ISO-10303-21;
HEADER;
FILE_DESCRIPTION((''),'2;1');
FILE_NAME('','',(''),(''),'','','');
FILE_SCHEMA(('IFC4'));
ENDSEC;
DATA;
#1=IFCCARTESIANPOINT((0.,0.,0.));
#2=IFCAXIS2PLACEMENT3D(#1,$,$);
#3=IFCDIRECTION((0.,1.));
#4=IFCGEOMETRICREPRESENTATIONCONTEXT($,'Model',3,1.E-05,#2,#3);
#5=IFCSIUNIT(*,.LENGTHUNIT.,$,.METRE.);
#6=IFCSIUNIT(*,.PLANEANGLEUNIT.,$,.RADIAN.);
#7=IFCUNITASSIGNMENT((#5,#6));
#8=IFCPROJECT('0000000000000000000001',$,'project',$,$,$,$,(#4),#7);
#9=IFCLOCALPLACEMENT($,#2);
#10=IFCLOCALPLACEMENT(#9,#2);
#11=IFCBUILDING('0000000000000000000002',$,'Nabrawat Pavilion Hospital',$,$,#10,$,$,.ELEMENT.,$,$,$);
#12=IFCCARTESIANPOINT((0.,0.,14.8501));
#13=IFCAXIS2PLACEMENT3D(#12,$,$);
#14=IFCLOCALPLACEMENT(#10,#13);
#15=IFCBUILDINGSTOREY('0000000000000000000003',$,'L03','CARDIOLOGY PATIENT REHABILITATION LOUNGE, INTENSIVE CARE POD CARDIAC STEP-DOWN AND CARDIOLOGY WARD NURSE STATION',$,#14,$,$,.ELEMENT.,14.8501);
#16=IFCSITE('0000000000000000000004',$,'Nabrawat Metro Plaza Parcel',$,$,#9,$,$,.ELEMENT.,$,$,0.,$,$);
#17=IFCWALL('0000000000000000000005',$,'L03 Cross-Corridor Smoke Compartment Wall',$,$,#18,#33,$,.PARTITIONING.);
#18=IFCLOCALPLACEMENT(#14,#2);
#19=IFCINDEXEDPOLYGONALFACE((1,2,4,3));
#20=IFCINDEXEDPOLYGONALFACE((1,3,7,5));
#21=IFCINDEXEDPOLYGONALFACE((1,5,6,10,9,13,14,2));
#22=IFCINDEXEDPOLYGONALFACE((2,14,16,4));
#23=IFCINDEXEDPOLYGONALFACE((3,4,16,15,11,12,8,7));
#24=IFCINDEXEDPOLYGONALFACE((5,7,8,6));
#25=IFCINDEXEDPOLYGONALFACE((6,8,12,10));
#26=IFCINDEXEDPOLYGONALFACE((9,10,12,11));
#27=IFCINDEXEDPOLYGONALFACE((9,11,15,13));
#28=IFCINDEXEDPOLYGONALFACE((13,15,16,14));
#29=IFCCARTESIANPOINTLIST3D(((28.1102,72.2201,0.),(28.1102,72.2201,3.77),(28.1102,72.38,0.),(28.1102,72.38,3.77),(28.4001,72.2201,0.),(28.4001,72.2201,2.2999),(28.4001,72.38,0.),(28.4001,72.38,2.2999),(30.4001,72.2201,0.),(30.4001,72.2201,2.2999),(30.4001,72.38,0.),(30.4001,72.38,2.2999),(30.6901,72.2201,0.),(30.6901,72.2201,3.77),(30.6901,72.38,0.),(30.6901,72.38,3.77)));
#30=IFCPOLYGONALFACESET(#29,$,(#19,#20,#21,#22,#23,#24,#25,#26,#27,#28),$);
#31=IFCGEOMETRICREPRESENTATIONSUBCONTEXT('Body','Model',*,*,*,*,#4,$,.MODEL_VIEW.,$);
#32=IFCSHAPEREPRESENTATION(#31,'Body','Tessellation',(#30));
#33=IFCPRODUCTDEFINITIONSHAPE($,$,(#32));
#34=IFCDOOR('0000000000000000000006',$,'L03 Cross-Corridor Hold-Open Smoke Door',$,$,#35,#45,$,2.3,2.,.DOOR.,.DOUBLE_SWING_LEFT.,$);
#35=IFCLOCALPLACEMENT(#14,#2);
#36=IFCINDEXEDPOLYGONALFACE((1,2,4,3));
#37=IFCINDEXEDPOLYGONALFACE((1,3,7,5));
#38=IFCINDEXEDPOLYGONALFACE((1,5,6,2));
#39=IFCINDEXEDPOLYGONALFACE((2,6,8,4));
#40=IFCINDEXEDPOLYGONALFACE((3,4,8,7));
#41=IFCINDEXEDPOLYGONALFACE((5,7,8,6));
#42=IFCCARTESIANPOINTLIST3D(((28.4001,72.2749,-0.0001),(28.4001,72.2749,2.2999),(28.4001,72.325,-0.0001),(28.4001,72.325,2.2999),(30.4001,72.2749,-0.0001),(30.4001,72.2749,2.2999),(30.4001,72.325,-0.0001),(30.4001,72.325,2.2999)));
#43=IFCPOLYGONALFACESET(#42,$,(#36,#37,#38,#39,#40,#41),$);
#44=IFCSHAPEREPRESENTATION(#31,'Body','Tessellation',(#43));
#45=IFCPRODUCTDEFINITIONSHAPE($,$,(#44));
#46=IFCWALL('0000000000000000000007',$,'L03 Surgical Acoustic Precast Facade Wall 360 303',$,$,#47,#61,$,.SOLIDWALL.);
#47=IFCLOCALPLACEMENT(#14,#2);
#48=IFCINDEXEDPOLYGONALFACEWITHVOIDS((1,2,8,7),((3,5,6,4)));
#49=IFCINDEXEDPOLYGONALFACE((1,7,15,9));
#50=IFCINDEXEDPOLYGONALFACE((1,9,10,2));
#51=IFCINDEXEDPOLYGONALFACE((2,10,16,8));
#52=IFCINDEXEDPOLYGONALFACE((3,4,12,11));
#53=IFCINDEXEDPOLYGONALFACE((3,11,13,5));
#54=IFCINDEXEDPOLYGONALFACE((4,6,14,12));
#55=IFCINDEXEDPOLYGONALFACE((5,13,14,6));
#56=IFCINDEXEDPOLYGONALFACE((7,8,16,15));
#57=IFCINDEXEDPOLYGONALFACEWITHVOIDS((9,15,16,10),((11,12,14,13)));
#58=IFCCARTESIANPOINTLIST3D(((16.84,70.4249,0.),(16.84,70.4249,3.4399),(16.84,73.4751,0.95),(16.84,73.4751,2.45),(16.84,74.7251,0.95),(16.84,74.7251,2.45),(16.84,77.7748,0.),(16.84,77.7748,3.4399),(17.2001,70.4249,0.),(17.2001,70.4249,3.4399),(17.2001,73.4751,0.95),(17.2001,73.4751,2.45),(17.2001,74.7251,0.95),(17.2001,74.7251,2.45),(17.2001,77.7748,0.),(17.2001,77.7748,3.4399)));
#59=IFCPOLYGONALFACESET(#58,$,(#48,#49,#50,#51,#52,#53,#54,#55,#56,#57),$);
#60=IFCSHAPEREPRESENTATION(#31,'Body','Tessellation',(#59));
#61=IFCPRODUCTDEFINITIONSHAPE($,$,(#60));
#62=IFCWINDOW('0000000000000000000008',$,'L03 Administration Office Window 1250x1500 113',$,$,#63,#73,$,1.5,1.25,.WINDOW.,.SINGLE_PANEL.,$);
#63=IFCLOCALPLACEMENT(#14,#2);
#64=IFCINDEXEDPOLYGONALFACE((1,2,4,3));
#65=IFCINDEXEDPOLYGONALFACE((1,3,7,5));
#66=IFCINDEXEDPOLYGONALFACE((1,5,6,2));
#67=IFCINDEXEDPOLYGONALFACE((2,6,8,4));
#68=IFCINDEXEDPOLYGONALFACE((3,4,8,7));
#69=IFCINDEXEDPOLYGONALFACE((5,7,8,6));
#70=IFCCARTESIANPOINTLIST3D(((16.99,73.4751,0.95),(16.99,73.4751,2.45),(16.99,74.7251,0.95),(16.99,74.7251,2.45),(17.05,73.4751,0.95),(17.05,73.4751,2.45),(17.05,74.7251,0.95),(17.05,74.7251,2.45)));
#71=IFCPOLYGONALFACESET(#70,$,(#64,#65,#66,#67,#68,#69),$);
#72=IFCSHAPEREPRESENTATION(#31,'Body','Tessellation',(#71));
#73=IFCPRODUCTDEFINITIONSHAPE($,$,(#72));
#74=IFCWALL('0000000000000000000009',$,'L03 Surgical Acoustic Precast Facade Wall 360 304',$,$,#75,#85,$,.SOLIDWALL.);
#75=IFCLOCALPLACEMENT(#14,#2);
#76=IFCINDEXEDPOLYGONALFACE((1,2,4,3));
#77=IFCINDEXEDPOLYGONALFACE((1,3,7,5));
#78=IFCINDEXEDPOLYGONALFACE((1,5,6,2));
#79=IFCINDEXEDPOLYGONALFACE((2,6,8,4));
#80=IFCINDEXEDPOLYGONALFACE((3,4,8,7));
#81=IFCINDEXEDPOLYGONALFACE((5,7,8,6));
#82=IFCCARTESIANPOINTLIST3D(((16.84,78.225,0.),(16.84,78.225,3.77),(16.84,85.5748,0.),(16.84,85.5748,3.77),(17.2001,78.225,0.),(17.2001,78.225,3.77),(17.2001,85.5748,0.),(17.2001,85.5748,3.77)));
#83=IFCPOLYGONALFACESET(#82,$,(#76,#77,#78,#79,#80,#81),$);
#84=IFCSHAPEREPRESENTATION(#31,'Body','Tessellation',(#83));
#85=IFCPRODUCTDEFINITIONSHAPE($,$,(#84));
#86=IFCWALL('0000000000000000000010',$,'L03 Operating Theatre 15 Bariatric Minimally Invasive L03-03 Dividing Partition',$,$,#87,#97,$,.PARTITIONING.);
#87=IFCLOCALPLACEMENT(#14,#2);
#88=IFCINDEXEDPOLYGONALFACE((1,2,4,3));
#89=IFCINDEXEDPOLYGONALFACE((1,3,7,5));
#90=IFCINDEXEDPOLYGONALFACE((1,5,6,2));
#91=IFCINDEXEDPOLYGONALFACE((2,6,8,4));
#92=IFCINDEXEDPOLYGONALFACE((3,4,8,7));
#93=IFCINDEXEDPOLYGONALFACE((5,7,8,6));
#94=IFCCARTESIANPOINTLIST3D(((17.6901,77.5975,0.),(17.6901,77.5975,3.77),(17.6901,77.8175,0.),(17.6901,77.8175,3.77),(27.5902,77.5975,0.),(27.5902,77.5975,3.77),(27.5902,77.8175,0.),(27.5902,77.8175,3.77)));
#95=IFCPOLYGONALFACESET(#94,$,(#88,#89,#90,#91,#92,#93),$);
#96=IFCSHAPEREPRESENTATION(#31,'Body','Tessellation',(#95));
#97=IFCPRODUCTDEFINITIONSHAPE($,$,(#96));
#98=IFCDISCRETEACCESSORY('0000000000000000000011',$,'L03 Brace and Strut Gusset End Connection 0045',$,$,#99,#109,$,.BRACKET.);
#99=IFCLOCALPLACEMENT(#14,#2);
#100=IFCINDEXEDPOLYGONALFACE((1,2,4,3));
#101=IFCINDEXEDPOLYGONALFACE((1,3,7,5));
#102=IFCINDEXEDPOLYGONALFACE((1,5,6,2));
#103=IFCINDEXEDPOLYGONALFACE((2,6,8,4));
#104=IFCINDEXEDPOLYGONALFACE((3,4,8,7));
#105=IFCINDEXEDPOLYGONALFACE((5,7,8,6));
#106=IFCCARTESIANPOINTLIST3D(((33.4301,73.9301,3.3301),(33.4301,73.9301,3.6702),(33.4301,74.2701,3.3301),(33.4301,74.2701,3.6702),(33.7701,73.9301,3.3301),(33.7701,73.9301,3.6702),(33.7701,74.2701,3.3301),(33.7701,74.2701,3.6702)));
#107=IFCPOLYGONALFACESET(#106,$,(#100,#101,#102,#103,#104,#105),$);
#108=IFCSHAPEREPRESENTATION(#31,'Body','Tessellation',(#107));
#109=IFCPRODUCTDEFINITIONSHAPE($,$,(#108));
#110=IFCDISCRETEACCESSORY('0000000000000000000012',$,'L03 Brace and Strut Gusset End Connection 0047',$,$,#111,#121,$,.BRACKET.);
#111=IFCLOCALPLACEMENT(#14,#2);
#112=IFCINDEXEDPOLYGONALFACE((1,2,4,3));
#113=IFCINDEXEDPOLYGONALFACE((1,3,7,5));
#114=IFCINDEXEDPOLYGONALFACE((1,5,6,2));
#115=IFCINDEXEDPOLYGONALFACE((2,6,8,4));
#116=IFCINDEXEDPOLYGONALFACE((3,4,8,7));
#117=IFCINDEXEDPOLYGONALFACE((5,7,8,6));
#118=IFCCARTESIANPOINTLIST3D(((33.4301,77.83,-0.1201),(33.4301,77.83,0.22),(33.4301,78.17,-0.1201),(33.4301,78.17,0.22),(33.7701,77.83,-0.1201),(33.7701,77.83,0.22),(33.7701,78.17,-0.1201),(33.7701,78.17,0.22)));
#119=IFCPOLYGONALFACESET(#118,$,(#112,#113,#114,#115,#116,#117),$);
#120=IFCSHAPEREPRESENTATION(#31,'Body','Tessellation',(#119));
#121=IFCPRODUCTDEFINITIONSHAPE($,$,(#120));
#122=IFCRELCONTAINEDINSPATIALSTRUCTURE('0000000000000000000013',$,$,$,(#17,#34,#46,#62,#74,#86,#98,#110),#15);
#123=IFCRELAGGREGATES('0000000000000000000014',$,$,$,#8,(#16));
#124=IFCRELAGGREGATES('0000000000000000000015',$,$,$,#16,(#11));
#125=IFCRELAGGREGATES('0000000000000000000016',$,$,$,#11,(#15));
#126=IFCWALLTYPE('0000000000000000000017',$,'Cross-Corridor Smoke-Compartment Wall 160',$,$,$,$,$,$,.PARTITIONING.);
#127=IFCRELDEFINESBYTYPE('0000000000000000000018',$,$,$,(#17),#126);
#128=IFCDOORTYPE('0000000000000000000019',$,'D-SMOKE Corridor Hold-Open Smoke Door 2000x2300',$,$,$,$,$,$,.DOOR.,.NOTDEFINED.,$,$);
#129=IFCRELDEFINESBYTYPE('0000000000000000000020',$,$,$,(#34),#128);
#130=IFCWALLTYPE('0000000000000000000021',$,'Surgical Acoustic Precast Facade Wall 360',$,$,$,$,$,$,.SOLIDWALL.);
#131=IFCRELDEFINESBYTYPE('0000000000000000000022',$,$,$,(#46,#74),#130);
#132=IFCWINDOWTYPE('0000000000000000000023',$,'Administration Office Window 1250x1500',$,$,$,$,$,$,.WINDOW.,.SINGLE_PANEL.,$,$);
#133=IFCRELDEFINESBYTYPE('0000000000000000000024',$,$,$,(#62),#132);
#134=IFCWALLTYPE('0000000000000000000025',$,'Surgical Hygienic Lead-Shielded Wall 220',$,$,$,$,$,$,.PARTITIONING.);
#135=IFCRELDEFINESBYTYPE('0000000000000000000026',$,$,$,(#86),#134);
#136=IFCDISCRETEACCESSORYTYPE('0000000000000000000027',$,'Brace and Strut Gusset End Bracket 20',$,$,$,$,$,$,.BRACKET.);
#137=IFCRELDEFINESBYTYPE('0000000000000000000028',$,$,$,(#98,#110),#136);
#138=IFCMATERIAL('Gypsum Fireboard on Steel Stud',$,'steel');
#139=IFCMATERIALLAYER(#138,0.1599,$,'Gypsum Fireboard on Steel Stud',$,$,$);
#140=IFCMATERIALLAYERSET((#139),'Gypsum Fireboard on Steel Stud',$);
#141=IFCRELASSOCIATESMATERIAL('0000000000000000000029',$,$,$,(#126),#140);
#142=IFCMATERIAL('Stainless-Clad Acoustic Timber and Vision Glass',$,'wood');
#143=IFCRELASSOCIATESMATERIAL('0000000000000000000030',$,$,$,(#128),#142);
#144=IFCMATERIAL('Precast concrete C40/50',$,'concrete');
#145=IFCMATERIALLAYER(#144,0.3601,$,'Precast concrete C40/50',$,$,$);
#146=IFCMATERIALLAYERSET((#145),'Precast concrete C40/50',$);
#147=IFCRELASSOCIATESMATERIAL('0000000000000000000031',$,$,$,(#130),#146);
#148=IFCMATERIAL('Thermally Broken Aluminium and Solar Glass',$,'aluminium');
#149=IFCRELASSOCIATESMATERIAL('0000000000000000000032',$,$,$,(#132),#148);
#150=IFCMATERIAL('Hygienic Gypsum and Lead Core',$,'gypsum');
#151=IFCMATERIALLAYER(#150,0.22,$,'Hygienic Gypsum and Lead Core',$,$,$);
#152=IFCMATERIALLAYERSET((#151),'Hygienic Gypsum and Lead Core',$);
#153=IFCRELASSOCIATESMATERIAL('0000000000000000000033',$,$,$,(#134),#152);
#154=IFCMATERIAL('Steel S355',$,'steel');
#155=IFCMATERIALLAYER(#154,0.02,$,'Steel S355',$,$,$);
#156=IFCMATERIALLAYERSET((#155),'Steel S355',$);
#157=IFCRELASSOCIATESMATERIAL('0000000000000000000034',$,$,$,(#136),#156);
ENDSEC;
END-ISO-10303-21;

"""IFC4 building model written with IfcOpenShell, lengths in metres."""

from ifc_helpers import new_model, si_unit, direction, frame, frame_2d, origin, origin_2d, place, context, subcontext, project, spatial, rectangle, extrude, material, layer, layer_set, type_object, element, fill, save


model = new_model("IFC4")

# Units and contexts
model_context = context("Model", 3, precision=1e-05, world=origin(), true_north=direction((0.0, 1.0)))
body_context = subcontext(model_context, "Body", "Model", "MODEL_VIEW")
ifc_project = project(units=[si_unit("LENGTHUNIT", "METRE"), si_unit("PLANEANGLEUNIT", "RADIAN")], contexts=[model_context])

# Site, building, storey
site_placement = place(None, origin())
site = spatial("IfcSite", under=ifc_project, at=site_placement, Name="Nabrawat Metro Plaza Parcel", CompositionType="ELEMENT", RefElevation=0.0)
building_placement = place(site_placement, origin())
building = spatial("IfcBuilding", under=site, at=building_placement, Name="Nabrawat Pavilion Hospital", CompositionType="ELEMENT")
storey_placement = place(building_placement, frame((0.0, 0.0, 14.8501)))
storey = spatial("IfcBuildingStorey", under=building, at=storey_placement, Name="L03", Description="CARDIOLOGY PATIENT REHABILITATION LOUNGE, INTENSIVE CARE POD CARDIAC STEP-DOWN AND CARDIOLOGY WARD NURSE STATION", CompositionType="ELEMENT", Elevation=14.8501)

# Shared definitions
ifc_material_1 = material(Name="Steel S355", Category="steel")

# Wall, opening, door
ifc_material_2 = material(Name="Gypsum Fireboard on Steel Stud", Category="steel")
ifc_material_3 = material(Name="Stainless-Clad Acoustic Timber and Vision Glass", Category="wood")
ifc_layer_1 = layer(ifc_material_2, 0.1599, Name="Gypsum Fireboard on Steel Stud")
ifc_layer_set_1 = layer_set([ifc_layer_1], Name="Gypsum Fireboard on Steel Stud")
wall_type_1 = type_object("IfcWallType", Name="Cross-Corridor Smoke-Compartment Wall 160", PredefinedType="PARTITIONING", material=ifc_layer_set_1)
wall_1_placement = place(storey_placement, frame((28.1101, 72.3, 0.0), z_axis=(0.0, 0.0, 1.0), x_axis=(1.0, 0.0, 0.0)))
wall_1 = element("IfcWall", 1, at=wall_1_placement, inside=storey, type_object=wall_type_1, Name="L03 Cross-Corridor Smoke Compartment Wall", PredefinedType="PARTITIONING", context=body_context, shape_type="SweptSolid", body=[
    extrude(rectangle(XDim=2.5798, YDim=0.1599, at=frame_2d((1.29, 0.0))), origin(), (0.0, 0.0, 1.0), 3.77),
])
opening_1_placement = place(wall_1_placement, frame((0.29, 0.0, 0.0)))
opening_1 = element("IfcOpeningElement", 2, at=opening_1_placement, cuts=wall_1, PredefinedType="OPENING", context=body_context, shape_type="SweptSolid", body=[
    extrude(rectangle(XDim=2.0, YDim=2.3, at=frame_2d((1.0, 1.1499))), frame((0.0, 0.0898, 0.0), z_axis=(0.0, -1.0, 0.0), x_axis=(1.0, 0.0, 0.0)), (0.0, 0.0, 1.0), 0.1799),
])
door_type_1 = type_object("IfcDoorType", Name="D-SMOKE Corridor Hold-Open Smoke Door 2000x2300", OperationType="NOTDEFINED", PredefinedType="DOOR", material=ifc_material_3)
door_1_placement = place(opening_1_placement, origin())
door_1 = element("IfcDoor", 3, at=door_1_placement, inside=storey, type_object=door_type_1, Name="L03 Cross-Corridor Hold-Open Smoke Door", OperationType="DOUBLE_SWING_LEFT", OverallHeight=2.3, OverallWidth=2.0, PredefinedType="DOOR", context=body_context, shape_type="SweptSolid", body=[
    extrude(rectangle(XDim=2.0, YDim=2.3, at=frame_2d((1.0, 1.1499))), frame((0.0, 0.0249, 0.0), z_axis=(0.0, -1.0, 0.0), x_axis=(1.0, 0.0, 0.0)), (0.0, 0.0, 1.0), 0.05),
])
fill(opening_1, door_1)

# Wall, opening, window
ifc_material_4 = material(Name="Precast concrete C40/50", Category="concrete")
ifc_layer_2 = layer(ifc_material_4, 0.3601, Name="Precast concrete C40/50")
ifc_layer_set_2 = layer_set([ifc_layer_2], Name="Precast concrete C40/50")
wall_type_2 = type_object("IfcWallType", Name="Surgical Acoustic Precast Facade Wall 360", PredefinedType="SOLIDWALL", material=ifc_layer_set_2)
wall_2_placement = place(storey_placement, frame((17.02, 70.425, 0.0), z_axis=(0.0, 0.0, 1.0), x_axis=(0.0, 1.0, 0.0)))
wall_2 = element("IfcWall", 4, at=wall_2_placement, inside=storey, type_object=wall_type_2, Name="L03 Surgical Acoustic Precast Facade Wall 360 303", PredefinedType="SOLIDWALL", context=body_context, shape_type="SweptSolid", body=[
    extrude(rectangle(XDim=7.3499, YDim=0.3601, at=frame_2d((3.6748, 0.0))), origin(), (0.0, 0.0, 1.0), 3.4399),
])
opening_2_placement = place(wall_2_placement, frame((3.05, 0.0, 0.95)))
opening_2 = element("IfcOpeningElement", 5, at=opening_2_placement, cuts=wall_2, PredefinedType="OPENING", context=body_context, shape_type="SweptSolid", body=[
    extrude(rectangle(XDim=1.25, YDim=1.5, at=frame_2d((0.625, 0.75))), frame((0.0, 0.1899, 0.0), z_axis=(0.0, -1.0, 0.0), x_axis=(1.0, 0.0, 0.0)), (0.0, 0.0, 1.0), 0.3801),
])
ifc_material_5 = material(Name="Thermally Broken Aluminium and Solar Glass", Category="aluminium")
window_type = type_object("IfcWindowType", Name="Administration Office Window 1250x1500", PartitioningType="SINGLE_PANEL", PredefinedType="WINDOW", material=ifc_material_5)
window_placement = place(opening_2_placement, origin())
window = element("IfcWindow", 6, at=window_placement, inside=storey, type_object=window_type, Name="L03 Administration Office Window 1250x1500 113", OverallHeight=1.5, OverallWidth=1.25, PartitioningType="SINGLE_PANEL", PredefinedType="WINDOW", context=body_context, shape_type="SweptSolid", body=[
    extrude(rectangle(XDim=1.25, YDim=1.5, at=frame_2d((0.625, 0.75))), frame((0.0, 0.03, 0.0), z_axis=(0.0, -1.0, 0.0), x_axis=(1.0, 0.0, 0.0)), (0.0, 0.0, 1.0), 0.0601),
])
fill(opening_2, window)

# Walls
wall_3_placement = place(storey_placement, frame((17.02, 78.2251, 0.0), z_axis=(0.0, 0.0, 1.0), x_axis=(0.0, 1.0, 0.0)))
element("IfcWall", 7, at=wall_3_placement, inside=storey, type_object=wall_type_2, Name="L03 Surgical Acoustic Precast Facade Wall 360 304", PredefinedType="SOLIDWALL", context=body_context, shape_type="SweptSolid", body=[
    extrude(rectangle(XDim=7.3499, YDim=0.3601, at=frame_2d((3.6748, 0.0))), origin(), (0.0, 0.0, 1.0), 3.77),
])
ifc_material_6 = material(Name="Hygienic Gypsum and Lead Core", Category="gypsum")
ifc_layer_3 = layer(ifc_material_6, 0.22, Name="Hygienic Gypsum and Lead Core")
ifc_layer_set_3 = layer_set([ifc_layer_3], Name="Hygienic Gypsum and Lead Core")
wall_type_3 = type_object("IfcWallType", Name="Surgical Hygienic Lead-Shielded Wall 220", PredefinedType="PARTITIONING", material=ifc_layer_set_3)
wall_4_placement = place(storey_placement, frame((17.6899, 77.7075, 0.0), z_axis=(0.0, 0.0, 1.0), x_axis=(1.0, 0.0, 0.0)))
element("IfcWall", 8, at=wall_4_placement, inside=storey, type_object=wall_type_3, Name="L03 Operating Theatre 15 Bariatric Minimally Invasive L03-03 Dividing Partition", PredefinedType="PARTITIONING", context=body_context, shape_type="SweptSolid", body=[
    extrude(rectangle(XDim=9.9001, YDim=0.22, at=frame_2d((4.9502, 0.0))), origin(), (0.0, 0.0, 1.0), 3.77),
])

# Discrete accessories
ifc_layer_4 = layer(ifc_material_1, 0.02, Name="Steel S355")
ifc_layer_set_4 = layer_set([ifc_layer_4], Name="Steel S355")
discrete_accessory_type = type_object("IfcDiscreteAccessoryType", Name="Brace and Strut Gusset End Bracket 20", PredefinedType="BRACKET", material=ifc_layer_set_4)
for number, where, z_axis, x_axis, name in (
    (9, (33.6001, 74.1001, 3.3301), (0.0, 0.0, 1.0), (1.0, 0.0, 0.0), "L03 Brace and Strut Gusset End Connection 0045"),
    (10, (33.6001, 78.0, -0.1201), (0.0, 0.0, 1.0), (1.0, 0.0, 0.0), "L03 Brace and Strut Gusset End Connection 0047"),
):
    element("IfcDiscreteAccessory", number, at=place(storey_placement, frame(where, z_axis=z_axis, x_axis=x_axis)), inside=storey, type_object=discrete_accessory_type, Name=name, PredefinedType="BRACKET", context=body_context, shape_type="SweptSolid", body=[
        extrude(rectangle(XDim=0.3401, YDim=0.3401, at=origin_2d()), origin(), (0.0, 0.0, 1.0), 0.3401),
    ])

save(model, "model.ifc")
